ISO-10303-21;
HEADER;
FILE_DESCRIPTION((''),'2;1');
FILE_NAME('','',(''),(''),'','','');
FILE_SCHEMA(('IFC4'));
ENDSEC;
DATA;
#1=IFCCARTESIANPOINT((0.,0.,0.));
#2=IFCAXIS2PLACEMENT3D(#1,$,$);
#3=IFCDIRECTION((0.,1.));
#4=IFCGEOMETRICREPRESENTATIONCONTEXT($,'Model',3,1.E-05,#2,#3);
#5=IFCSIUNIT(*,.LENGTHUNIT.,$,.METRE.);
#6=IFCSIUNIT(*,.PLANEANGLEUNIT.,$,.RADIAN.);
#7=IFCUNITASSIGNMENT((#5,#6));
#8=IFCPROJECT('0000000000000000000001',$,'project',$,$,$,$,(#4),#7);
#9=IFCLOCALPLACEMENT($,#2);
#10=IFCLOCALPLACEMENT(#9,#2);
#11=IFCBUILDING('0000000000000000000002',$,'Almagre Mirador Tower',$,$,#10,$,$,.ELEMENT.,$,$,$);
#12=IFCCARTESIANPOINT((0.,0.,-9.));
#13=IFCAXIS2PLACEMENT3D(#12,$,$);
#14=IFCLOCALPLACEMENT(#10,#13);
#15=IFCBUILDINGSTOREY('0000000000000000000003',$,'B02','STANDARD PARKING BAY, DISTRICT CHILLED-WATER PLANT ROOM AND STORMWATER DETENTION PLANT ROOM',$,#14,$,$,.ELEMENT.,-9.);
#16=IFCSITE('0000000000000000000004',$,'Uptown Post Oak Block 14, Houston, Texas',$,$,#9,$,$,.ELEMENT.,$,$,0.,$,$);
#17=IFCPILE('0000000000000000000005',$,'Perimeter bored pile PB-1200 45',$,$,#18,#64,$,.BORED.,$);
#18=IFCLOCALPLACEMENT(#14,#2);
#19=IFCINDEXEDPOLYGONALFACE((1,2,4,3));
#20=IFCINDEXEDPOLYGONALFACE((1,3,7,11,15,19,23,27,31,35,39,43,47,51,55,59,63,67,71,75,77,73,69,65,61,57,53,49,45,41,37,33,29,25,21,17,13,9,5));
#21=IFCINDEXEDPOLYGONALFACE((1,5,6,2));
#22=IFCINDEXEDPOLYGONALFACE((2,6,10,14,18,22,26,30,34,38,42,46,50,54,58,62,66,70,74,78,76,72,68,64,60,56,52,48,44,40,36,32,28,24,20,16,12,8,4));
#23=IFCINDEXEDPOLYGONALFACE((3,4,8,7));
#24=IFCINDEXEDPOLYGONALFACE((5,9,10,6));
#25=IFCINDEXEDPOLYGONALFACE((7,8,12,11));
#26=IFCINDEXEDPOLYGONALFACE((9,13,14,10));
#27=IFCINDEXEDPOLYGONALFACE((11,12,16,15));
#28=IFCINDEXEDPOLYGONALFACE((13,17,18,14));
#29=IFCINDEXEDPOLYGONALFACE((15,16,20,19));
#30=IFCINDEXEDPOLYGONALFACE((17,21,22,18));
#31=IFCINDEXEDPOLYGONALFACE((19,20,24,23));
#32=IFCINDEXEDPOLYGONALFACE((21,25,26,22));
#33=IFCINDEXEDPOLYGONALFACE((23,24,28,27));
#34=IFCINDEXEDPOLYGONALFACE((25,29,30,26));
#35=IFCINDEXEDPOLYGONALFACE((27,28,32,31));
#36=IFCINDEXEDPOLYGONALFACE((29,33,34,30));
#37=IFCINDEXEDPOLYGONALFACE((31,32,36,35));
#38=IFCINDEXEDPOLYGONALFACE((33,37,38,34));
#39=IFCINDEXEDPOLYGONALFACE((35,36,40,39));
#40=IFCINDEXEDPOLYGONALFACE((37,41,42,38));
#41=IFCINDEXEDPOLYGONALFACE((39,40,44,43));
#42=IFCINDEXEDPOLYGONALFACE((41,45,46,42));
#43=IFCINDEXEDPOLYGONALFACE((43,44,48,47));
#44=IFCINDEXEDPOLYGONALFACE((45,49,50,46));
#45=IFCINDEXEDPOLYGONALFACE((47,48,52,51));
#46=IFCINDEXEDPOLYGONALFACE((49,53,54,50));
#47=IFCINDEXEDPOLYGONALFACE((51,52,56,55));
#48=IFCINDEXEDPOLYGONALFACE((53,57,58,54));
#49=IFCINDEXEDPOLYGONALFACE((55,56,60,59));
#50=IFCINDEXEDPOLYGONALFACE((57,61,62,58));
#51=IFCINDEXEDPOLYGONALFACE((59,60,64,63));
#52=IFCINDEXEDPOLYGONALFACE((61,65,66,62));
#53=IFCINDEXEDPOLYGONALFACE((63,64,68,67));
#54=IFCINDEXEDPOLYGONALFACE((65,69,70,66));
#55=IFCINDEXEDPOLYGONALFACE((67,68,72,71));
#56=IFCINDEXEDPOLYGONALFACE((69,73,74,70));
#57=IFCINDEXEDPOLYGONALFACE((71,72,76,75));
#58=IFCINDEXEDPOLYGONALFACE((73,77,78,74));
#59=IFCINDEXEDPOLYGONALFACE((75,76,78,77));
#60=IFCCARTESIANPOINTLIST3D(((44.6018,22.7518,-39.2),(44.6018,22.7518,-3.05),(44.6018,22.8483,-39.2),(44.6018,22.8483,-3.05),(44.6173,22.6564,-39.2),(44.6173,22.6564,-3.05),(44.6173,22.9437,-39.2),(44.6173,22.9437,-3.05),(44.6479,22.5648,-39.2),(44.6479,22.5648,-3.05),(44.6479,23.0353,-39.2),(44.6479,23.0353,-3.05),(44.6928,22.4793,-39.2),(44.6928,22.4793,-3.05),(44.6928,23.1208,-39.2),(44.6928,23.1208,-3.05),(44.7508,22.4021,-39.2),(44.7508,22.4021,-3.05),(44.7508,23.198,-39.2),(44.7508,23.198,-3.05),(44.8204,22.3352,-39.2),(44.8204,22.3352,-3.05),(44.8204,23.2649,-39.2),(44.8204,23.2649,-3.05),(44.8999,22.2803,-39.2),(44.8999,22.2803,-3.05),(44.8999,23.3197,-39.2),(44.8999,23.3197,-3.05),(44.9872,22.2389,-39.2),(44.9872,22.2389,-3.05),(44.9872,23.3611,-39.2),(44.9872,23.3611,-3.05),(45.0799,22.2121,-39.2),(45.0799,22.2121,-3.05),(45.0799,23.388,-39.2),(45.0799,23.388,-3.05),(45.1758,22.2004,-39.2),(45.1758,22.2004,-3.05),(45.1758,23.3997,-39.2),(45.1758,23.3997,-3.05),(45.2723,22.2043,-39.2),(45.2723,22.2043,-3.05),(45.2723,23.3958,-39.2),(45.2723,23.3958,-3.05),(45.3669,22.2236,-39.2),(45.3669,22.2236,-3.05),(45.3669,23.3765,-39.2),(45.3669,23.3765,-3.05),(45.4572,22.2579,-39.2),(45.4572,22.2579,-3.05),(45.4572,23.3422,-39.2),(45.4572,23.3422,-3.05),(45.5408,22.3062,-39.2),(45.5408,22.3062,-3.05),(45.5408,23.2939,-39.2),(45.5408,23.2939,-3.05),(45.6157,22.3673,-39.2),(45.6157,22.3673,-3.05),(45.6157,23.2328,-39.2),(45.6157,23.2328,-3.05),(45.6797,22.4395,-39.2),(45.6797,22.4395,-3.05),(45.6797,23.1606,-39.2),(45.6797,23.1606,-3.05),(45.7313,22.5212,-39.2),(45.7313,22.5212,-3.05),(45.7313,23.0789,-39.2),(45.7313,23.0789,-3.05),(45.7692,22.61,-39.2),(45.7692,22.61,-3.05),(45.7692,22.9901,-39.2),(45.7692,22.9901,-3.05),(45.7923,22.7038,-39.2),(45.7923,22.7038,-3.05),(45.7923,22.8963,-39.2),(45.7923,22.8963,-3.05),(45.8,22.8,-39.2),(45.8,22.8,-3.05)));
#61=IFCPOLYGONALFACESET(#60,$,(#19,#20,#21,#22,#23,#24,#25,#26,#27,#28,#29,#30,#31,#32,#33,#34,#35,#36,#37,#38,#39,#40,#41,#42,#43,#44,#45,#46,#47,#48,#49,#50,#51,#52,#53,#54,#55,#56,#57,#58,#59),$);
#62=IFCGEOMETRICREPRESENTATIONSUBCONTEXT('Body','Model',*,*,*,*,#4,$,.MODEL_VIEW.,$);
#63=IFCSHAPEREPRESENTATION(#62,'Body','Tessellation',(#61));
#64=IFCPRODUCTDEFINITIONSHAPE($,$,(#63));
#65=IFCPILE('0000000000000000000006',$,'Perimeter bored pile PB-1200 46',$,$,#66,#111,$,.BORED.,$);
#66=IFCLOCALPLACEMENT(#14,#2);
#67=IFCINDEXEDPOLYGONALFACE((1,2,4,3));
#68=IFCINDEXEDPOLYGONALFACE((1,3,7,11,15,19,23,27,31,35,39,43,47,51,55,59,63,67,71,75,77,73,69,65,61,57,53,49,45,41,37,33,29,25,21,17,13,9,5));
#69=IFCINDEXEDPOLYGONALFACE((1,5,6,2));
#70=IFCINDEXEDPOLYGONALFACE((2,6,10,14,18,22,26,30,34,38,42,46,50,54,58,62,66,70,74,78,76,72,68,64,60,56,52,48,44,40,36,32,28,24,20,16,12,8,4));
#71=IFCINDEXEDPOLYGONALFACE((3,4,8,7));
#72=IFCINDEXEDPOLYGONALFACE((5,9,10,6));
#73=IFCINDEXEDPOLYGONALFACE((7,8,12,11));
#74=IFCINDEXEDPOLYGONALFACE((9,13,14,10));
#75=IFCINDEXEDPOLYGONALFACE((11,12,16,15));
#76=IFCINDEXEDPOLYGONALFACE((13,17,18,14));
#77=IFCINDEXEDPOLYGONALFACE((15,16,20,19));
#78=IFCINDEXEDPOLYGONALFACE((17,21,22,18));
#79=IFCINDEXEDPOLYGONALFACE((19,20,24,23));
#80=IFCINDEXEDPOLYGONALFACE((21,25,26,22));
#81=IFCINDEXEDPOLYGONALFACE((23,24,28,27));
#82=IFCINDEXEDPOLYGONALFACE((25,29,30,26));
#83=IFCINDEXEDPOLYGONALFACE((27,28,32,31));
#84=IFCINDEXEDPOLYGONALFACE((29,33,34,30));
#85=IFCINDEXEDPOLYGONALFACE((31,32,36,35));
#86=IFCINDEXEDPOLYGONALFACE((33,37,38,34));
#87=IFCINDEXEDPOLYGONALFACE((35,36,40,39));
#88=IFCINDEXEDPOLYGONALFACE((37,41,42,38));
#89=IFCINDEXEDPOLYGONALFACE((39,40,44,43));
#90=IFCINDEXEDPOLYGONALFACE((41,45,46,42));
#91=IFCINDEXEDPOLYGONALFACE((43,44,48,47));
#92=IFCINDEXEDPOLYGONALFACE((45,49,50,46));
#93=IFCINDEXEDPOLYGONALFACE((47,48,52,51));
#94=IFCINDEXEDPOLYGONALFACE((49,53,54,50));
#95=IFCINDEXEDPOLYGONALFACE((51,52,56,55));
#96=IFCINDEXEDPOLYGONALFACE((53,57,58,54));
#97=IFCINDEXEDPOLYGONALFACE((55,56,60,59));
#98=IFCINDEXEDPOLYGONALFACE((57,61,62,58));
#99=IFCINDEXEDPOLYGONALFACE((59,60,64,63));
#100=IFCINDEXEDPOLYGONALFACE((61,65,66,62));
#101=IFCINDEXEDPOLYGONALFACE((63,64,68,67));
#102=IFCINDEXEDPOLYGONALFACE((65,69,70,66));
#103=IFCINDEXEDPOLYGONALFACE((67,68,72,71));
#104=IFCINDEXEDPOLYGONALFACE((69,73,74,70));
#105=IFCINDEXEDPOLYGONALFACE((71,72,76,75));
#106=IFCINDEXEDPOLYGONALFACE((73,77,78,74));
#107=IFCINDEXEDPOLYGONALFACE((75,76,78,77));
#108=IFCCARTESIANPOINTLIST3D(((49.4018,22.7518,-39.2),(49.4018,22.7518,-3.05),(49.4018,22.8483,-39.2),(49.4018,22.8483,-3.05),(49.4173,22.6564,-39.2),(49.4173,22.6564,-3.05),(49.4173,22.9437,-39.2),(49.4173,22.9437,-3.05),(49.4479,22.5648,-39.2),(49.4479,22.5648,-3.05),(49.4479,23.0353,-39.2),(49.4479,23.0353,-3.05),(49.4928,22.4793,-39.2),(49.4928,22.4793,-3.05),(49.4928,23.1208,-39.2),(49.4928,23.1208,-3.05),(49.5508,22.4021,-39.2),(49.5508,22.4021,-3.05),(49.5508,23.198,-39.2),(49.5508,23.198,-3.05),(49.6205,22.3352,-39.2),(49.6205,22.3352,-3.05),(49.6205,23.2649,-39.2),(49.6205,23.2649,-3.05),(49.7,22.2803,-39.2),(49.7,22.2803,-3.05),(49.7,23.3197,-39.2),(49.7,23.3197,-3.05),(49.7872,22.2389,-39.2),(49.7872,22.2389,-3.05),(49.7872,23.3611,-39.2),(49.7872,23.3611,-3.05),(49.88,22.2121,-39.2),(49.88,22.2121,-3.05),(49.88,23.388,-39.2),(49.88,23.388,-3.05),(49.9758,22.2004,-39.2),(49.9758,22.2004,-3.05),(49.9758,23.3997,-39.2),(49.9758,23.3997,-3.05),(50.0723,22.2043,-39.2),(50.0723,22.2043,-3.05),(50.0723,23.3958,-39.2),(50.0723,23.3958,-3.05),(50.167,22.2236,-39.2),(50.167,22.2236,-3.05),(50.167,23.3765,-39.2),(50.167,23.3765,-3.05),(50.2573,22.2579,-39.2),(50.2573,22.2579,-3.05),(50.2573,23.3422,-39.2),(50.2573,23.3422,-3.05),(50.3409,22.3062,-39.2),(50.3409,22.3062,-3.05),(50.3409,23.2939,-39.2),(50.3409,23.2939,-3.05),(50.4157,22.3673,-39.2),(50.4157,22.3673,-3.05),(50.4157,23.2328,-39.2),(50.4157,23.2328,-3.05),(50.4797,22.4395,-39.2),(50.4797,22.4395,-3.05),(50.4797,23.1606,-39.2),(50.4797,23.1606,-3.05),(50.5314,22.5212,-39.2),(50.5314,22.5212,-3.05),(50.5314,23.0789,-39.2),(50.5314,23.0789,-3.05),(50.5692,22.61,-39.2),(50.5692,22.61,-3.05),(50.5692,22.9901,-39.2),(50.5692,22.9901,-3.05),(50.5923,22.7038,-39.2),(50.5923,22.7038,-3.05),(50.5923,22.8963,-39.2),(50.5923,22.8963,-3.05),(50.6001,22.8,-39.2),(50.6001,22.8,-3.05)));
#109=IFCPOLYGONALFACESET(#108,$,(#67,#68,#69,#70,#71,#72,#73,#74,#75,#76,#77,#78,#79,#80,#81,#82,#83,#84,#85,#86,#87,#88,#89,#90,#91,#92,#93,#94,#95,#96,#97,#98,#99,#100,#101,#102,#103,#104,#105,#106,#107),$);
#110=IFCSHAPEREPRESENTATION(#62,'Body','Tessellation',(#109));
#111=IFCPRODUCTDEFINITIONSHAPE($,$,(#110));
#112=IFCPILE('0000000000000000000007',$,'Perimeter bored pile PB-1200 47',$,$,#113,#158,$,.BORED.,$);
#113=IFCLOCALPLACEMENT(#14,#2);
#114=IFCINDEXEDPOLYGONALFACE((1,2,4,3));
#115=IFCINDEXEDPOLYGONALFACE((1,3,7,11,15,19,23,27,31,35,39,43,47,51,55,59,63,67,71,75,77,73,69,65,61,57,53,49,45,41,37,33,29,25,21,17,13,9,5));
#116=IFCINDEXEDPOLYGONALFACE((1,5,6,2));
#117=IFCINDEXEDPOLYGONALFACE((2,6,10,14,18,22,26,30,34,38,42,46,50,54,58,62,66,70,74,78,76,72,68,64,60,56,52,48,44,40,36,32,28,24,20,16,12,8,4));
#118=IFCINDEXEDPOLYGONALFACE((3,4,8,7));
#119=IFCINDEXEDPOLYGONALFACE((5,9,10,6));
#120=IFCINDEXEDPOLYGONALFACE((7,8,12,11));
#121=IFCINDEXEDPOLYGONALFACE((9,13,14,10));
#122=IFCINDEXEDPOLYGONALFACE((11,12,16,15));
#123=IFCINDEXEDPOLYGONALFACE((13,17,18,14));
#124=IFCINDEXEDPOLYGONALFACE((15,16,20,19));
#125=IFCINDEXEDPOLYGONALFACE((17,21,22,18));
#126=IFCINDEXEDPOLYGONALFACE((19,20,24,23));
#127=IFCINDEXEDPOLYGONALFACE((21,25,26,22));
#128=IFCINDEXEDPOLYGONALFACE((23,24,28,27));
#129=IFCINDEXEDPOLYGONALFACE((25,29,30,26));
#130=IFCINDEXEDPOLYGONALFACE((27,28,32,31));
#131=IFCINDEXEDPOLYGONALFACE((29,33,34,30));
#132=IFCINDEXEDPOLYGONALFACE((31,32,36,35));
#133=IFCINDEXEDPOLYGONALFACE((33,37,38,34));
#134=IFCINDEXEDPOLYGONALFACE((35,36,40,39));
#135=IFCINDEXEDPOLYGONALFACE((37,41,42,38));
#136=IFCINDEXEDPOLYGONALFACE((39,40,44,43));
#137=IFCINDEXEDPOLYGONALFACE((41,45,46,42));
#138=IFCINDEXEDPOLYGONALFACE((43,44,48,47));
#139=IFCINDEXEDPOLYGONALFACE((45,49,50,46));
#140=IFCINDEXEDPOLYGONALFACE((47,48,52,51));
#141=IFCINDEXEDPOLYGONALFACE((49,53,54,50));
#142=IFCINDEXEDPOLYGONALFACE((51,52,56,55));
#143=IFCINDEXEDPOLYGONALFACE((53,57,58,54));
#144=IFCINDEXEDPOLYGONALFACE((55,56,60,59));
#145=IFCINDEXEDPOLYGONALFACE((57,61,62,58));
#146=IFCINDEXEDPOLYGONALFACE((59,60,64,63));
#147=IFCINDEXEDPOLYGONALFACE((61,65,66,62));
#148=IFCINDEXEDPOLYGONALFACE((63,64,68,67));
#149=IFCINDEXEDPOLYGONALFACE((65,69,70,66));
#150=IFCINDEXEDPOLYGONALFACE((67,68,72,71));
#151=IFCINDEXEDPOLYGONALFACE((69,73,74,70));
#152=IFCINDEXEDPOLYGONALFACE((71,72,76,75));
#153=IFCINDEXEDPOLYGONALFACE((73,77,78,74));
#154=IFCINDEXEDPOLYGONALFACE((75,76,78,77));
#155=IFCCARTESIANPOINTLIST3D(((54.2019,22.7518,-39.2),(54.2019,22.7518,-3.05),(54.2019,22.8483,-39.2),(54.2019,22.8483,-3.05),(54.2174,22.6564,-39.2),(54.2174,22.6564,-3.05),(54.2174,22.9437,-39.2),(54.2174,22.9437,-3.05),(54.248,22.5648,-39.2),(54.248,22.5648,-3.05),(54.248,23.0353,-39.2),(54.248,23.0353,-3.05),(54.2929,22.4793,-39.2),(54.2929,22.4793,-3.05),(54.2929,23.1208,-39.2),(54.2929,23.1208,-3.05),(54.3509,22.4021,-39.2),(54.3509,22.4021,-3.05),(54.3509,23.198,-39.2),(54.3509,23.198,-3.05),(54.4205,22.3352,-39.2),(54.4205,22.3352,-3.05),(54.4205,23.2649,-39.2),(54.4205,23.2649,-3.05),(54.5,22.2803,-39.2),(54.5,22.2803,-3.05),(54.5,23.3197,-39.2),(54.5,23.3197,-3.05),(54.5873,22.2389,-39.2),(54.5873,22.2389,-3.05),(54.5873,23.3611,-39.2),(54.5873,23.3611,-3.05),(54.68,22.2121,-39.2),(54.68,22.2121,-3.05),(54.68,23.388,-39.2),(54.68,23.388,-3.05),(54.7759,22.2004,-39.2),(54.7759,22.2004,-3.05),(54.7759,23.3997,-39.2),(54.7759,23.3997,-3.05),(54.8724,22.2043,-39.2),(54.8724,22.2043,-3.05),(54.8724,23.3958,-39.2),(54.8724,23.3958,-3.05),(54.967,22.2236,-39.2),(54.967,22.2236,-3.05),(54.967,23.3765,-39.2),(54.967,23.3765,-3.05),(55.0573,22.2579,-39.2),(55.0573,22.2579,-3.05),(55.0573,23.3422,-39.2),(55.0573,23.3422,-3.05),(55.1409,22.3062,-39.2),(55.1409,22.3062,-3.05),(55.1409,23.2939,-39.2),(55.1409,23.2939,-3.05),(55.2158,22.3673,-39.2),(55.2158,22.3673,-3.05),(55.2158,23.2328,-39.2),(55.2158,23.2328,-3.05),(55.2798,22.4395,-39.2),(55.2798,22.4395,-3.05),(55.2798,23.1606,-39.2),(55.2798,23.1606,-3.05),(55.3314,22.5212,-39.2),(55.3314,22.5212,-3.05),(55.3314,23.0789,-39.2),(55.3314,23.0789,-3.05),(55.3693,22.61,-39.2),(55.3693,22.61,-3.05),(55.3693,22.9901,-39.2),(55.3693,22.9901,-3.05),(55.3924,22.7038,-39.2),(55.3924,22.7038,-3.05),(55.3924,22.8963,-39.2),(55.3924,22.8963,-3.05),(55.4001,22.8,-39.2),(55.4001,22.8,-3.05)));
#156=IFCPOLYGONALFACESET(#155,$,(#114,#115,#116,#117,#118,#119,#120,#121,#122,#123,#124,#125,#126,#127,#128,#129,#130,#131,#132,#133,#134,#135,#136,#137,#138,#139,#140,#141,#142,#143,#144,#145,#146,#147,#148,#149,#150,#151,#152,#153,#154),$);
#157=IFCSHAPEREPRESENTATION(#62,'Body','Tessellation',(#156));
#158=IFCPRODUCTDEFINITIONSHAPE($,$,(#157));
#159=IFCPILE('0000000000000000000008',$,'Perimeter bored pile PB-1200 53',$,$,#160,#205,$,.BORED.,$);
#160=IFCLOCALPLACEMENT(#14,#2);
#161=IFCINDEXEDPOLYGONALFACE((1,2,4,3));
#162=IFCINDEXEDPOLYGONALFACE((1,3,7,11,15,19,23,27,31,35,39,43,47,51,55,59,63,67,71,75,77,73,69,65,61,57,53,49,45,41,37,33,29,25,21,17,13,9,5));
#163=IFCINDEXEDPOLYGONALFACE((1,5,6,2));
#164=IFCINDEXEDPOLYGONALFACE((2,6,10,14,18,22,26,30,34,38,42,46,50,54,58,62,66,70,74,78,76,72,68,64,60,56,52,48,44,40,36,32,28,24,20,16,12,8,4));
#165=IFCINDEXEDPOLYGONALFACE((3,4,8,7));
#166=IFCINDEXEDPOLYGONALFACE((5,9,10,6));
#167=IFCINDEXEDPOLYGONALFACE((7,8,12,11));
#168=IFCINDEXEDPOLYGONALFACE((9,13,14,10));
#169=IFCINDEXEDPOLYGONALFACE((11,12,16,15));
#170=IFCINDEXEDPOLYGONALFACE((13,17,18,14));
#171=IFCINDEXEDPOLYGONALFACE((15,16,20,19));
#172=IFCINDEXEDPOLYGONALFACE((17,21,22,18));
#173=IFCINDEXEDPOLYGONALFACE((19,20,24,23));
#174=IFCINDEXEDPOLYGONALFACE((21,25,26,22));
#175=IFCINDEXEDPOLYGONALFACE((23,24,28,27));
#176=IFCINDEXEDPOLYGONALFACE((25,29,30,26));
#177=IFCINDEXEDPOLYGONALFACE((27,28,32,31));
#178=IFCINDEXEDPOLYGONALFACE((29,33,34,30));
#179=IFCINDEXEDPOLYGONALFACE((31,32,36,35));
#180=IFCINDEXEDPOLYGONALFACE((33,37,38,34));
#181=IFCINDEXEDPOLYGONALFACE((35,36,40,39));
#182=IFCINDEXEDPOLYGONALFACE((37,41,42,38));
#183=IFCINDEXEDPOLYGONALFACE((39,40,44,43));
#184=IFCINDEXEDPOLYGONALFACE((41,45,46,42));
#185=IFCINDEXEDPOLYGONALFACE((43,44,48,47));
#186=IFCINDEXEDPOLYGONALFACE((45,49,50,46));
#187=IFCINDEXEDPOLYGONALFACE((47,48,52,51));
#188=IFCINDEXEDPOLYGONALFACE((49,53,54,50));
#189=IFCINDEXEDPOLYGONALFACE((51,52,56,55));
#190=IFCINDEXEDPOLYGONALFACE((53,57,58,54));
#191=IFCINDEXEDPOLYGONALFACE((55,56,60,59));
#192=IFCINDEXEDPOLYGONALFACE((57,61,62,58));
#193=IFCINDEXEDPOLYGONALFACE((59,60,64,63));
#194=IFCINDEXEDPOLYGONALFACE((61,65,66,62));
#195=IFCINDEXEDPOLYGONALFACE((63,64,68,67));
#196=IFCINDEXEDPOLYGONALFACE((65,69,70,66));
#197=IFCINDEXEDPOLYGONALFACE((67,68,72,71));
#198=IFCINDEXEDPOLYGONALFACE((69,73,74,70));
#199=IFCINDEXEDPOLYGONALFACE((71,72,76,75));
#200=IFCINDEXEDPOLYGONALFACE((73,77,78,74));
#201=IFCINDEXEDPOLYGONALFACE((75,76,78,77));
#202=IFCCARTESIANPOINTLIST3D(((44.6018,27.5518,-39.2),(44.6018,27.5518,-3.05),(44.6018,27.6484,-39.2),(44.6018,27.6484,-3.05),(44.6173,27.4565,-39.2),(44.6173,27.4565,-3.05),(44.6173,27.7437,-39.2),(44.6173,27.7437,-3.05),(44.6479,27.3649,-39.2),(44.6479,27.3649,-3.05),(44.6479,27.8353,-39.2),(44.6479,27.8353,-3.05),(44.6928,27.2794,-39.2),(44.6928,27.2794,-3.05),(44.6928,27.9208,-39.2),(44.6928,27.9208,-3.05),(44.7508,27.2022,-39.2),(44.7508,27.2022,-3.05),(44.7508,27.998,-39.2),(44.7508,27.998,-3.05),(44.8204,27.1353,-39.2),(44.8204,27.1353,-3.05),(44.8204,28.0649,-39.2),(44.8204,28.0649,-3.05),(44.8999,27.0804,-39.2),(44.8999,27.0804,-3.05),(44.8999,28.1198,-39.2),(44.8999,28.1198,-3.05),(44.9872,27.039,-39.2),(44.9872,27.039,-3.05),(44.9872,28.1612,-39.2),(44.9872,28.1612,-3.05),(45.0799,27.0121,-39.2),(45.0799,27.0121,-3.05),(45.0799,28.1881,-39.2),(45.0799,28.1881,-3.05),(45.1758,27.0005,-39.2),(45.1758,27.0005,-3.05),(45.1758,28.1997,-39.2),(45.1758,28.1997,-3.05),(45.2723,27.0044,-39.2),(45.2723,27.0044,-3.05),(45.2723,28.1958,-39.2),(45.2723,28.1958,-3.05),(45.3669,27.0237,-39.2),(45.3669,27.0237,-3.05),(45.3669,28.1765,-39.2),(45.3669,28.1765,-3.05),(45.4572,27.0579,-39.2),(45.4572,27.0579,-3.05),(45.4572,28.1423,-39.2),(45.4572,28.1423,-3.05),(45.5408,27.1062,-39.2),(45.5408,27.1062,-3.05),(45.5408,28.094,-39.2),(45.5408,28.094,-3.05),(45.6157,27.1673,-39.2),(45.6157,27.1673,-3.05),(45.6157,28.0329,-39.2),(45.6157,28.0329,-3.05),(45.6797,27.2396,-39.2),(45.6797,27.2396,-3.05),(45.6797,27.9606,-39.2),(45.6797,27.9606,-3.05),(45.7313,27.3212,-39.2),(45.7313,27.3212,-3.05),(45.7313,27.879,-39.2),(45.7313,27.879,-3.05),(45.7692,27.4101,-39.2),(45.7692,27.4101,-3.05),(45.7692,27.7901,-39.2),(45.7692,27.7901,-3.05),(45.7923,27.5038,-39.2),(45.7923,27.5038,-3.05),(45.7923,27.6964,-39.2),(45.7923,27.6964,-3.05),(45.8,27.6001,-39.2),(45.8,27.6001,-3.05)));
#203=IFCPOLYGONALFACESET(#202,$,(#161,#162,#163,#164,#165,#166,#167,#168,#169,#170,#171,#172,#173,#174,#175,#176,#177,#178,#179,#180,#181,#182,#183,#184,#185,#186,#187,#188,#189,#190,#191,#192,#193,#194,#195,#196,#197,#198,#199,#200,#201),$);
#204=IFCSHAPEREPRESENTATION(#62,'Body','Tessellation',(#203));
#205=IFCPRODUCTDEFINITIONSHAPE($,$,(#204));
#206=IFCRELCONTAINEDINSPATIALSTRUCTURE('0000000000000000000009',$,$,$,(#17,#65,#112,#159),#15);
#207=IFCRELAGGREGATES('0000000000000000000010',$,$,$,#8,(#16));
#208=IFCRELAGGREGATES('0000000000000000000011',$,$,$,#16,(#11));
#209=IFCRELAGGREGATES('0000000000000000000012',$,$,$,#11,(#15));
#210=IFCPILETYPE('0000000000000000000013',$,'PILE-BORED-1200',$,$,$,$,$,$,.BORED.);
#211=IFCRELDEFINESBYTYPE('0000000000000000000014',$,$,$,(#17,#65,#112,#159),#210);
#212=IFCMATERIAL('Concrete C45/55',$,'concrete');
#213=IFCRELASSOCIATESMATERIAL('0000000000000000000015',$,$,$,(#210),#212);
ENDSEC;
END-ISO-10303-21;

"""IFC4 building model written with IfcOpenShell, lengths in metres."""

from ifc_helpers import new_model, si_unit, direction, frame, origin, origin_2d, place, context, subcontext, project, spatial, circle, extrude, material, material_profile, profile_set, type_object, element, save


model = new_model("IFC4")

# Units and contexts
model_context = context("Model", 3, precision=1e-05, world=origin(), true_north=direction((0.0, 1.0)))
body_context = subcontext(model_context, "Body", "Model", "MODEL_VIEW")
ifc_project = project(units=[si_unit("LENGTHUNIT", "METRE"), si_unit("PLANEANGLEUNIT", "RADIAN")], contexts=[model_context])

# Site, building, storey
site_placement = place(None, origin())
site = spatial("IfcSite", under=ifc_project, at=site_placement, Name="Uptown Post Oak Block 14, Houston, Texas", CompositionType="ELEMENT", RefElevation=0.0)
building_placement = place(site_placement, origin())
building = spatial("IfcBuilding", under=site, at=building_placement, Name="Almagre Mirador Tower", CompositionType="ELEMENT")
storey_placement = place(building_placement, frame((0.0, 0.0, -9.0)))
storey = spatial("IfcBuildingStorey", under=building, at=storey_placement, Name="B02", Description="STANDARD PARKING BAY, DISTRICT CHILLED-WATER PLANT ROOM AND STORMWATER DETENTION PLANT ROOM", CompositionType="ELEMENT", Elevation=-9.0)

# Piles
ifc_material_1 = material(Name="Concrete C45/55", Category="concrete")
ifc_material_profile_1 = material_profile(ifc_material_1, circle(Radius=0.6001, at=origin_2d()), Name="PILE1200D")
ifc_profile_set_1 = profile_set([ifc_material_profile_1], Name="Concrete C45/55")
pile_type = type_object("IfcPileType", Name="PILE-BORED-1200", PredefinedType="BORED", material=ifc_profile_set_1)
for number, where, z_axis, x_axis, name in (
    (1, (45.2, 22.8, -3.05), (0.0, 0.0, -1.0), (1.0, 0.0, 0.0), "Perimeter bored pile PB-1200 45"),
    (2, (50.0, 22.8, -3.05), (0.0, 0.0, -1.0), (1.0, 0.0, 0.0), "Perimeter bored pile PB-1200 46"),
    (3, (54.8, 22.8, -3.05), (0.0, 0.0, -1.0), (1.0, 0.0, 0.0), "Perimeter bored pile PB-1200 47"),
    (4, (45.2, 27.6001, -3.05), (0.0, 0.0, -1.0), (1.0, 0.0, 0.0), "Perimeter bored pile PB-1200 53"),
):
    element("IfcPile", number, at=place(storey_placement, frame(where, z_axis=z_axis, x_axis=x_axis)), inside=storey, type_object=pile_type, Name=name, PredefinedType="BORED", context=body_context, shape_type="SweptSolid", body=[
        extrude(circle(Radius=0.6001, at=origin_2d()), origin(), (0.0, 0.0, 1.0), 36.1499),
    ])

save(model, "model.ifc")
